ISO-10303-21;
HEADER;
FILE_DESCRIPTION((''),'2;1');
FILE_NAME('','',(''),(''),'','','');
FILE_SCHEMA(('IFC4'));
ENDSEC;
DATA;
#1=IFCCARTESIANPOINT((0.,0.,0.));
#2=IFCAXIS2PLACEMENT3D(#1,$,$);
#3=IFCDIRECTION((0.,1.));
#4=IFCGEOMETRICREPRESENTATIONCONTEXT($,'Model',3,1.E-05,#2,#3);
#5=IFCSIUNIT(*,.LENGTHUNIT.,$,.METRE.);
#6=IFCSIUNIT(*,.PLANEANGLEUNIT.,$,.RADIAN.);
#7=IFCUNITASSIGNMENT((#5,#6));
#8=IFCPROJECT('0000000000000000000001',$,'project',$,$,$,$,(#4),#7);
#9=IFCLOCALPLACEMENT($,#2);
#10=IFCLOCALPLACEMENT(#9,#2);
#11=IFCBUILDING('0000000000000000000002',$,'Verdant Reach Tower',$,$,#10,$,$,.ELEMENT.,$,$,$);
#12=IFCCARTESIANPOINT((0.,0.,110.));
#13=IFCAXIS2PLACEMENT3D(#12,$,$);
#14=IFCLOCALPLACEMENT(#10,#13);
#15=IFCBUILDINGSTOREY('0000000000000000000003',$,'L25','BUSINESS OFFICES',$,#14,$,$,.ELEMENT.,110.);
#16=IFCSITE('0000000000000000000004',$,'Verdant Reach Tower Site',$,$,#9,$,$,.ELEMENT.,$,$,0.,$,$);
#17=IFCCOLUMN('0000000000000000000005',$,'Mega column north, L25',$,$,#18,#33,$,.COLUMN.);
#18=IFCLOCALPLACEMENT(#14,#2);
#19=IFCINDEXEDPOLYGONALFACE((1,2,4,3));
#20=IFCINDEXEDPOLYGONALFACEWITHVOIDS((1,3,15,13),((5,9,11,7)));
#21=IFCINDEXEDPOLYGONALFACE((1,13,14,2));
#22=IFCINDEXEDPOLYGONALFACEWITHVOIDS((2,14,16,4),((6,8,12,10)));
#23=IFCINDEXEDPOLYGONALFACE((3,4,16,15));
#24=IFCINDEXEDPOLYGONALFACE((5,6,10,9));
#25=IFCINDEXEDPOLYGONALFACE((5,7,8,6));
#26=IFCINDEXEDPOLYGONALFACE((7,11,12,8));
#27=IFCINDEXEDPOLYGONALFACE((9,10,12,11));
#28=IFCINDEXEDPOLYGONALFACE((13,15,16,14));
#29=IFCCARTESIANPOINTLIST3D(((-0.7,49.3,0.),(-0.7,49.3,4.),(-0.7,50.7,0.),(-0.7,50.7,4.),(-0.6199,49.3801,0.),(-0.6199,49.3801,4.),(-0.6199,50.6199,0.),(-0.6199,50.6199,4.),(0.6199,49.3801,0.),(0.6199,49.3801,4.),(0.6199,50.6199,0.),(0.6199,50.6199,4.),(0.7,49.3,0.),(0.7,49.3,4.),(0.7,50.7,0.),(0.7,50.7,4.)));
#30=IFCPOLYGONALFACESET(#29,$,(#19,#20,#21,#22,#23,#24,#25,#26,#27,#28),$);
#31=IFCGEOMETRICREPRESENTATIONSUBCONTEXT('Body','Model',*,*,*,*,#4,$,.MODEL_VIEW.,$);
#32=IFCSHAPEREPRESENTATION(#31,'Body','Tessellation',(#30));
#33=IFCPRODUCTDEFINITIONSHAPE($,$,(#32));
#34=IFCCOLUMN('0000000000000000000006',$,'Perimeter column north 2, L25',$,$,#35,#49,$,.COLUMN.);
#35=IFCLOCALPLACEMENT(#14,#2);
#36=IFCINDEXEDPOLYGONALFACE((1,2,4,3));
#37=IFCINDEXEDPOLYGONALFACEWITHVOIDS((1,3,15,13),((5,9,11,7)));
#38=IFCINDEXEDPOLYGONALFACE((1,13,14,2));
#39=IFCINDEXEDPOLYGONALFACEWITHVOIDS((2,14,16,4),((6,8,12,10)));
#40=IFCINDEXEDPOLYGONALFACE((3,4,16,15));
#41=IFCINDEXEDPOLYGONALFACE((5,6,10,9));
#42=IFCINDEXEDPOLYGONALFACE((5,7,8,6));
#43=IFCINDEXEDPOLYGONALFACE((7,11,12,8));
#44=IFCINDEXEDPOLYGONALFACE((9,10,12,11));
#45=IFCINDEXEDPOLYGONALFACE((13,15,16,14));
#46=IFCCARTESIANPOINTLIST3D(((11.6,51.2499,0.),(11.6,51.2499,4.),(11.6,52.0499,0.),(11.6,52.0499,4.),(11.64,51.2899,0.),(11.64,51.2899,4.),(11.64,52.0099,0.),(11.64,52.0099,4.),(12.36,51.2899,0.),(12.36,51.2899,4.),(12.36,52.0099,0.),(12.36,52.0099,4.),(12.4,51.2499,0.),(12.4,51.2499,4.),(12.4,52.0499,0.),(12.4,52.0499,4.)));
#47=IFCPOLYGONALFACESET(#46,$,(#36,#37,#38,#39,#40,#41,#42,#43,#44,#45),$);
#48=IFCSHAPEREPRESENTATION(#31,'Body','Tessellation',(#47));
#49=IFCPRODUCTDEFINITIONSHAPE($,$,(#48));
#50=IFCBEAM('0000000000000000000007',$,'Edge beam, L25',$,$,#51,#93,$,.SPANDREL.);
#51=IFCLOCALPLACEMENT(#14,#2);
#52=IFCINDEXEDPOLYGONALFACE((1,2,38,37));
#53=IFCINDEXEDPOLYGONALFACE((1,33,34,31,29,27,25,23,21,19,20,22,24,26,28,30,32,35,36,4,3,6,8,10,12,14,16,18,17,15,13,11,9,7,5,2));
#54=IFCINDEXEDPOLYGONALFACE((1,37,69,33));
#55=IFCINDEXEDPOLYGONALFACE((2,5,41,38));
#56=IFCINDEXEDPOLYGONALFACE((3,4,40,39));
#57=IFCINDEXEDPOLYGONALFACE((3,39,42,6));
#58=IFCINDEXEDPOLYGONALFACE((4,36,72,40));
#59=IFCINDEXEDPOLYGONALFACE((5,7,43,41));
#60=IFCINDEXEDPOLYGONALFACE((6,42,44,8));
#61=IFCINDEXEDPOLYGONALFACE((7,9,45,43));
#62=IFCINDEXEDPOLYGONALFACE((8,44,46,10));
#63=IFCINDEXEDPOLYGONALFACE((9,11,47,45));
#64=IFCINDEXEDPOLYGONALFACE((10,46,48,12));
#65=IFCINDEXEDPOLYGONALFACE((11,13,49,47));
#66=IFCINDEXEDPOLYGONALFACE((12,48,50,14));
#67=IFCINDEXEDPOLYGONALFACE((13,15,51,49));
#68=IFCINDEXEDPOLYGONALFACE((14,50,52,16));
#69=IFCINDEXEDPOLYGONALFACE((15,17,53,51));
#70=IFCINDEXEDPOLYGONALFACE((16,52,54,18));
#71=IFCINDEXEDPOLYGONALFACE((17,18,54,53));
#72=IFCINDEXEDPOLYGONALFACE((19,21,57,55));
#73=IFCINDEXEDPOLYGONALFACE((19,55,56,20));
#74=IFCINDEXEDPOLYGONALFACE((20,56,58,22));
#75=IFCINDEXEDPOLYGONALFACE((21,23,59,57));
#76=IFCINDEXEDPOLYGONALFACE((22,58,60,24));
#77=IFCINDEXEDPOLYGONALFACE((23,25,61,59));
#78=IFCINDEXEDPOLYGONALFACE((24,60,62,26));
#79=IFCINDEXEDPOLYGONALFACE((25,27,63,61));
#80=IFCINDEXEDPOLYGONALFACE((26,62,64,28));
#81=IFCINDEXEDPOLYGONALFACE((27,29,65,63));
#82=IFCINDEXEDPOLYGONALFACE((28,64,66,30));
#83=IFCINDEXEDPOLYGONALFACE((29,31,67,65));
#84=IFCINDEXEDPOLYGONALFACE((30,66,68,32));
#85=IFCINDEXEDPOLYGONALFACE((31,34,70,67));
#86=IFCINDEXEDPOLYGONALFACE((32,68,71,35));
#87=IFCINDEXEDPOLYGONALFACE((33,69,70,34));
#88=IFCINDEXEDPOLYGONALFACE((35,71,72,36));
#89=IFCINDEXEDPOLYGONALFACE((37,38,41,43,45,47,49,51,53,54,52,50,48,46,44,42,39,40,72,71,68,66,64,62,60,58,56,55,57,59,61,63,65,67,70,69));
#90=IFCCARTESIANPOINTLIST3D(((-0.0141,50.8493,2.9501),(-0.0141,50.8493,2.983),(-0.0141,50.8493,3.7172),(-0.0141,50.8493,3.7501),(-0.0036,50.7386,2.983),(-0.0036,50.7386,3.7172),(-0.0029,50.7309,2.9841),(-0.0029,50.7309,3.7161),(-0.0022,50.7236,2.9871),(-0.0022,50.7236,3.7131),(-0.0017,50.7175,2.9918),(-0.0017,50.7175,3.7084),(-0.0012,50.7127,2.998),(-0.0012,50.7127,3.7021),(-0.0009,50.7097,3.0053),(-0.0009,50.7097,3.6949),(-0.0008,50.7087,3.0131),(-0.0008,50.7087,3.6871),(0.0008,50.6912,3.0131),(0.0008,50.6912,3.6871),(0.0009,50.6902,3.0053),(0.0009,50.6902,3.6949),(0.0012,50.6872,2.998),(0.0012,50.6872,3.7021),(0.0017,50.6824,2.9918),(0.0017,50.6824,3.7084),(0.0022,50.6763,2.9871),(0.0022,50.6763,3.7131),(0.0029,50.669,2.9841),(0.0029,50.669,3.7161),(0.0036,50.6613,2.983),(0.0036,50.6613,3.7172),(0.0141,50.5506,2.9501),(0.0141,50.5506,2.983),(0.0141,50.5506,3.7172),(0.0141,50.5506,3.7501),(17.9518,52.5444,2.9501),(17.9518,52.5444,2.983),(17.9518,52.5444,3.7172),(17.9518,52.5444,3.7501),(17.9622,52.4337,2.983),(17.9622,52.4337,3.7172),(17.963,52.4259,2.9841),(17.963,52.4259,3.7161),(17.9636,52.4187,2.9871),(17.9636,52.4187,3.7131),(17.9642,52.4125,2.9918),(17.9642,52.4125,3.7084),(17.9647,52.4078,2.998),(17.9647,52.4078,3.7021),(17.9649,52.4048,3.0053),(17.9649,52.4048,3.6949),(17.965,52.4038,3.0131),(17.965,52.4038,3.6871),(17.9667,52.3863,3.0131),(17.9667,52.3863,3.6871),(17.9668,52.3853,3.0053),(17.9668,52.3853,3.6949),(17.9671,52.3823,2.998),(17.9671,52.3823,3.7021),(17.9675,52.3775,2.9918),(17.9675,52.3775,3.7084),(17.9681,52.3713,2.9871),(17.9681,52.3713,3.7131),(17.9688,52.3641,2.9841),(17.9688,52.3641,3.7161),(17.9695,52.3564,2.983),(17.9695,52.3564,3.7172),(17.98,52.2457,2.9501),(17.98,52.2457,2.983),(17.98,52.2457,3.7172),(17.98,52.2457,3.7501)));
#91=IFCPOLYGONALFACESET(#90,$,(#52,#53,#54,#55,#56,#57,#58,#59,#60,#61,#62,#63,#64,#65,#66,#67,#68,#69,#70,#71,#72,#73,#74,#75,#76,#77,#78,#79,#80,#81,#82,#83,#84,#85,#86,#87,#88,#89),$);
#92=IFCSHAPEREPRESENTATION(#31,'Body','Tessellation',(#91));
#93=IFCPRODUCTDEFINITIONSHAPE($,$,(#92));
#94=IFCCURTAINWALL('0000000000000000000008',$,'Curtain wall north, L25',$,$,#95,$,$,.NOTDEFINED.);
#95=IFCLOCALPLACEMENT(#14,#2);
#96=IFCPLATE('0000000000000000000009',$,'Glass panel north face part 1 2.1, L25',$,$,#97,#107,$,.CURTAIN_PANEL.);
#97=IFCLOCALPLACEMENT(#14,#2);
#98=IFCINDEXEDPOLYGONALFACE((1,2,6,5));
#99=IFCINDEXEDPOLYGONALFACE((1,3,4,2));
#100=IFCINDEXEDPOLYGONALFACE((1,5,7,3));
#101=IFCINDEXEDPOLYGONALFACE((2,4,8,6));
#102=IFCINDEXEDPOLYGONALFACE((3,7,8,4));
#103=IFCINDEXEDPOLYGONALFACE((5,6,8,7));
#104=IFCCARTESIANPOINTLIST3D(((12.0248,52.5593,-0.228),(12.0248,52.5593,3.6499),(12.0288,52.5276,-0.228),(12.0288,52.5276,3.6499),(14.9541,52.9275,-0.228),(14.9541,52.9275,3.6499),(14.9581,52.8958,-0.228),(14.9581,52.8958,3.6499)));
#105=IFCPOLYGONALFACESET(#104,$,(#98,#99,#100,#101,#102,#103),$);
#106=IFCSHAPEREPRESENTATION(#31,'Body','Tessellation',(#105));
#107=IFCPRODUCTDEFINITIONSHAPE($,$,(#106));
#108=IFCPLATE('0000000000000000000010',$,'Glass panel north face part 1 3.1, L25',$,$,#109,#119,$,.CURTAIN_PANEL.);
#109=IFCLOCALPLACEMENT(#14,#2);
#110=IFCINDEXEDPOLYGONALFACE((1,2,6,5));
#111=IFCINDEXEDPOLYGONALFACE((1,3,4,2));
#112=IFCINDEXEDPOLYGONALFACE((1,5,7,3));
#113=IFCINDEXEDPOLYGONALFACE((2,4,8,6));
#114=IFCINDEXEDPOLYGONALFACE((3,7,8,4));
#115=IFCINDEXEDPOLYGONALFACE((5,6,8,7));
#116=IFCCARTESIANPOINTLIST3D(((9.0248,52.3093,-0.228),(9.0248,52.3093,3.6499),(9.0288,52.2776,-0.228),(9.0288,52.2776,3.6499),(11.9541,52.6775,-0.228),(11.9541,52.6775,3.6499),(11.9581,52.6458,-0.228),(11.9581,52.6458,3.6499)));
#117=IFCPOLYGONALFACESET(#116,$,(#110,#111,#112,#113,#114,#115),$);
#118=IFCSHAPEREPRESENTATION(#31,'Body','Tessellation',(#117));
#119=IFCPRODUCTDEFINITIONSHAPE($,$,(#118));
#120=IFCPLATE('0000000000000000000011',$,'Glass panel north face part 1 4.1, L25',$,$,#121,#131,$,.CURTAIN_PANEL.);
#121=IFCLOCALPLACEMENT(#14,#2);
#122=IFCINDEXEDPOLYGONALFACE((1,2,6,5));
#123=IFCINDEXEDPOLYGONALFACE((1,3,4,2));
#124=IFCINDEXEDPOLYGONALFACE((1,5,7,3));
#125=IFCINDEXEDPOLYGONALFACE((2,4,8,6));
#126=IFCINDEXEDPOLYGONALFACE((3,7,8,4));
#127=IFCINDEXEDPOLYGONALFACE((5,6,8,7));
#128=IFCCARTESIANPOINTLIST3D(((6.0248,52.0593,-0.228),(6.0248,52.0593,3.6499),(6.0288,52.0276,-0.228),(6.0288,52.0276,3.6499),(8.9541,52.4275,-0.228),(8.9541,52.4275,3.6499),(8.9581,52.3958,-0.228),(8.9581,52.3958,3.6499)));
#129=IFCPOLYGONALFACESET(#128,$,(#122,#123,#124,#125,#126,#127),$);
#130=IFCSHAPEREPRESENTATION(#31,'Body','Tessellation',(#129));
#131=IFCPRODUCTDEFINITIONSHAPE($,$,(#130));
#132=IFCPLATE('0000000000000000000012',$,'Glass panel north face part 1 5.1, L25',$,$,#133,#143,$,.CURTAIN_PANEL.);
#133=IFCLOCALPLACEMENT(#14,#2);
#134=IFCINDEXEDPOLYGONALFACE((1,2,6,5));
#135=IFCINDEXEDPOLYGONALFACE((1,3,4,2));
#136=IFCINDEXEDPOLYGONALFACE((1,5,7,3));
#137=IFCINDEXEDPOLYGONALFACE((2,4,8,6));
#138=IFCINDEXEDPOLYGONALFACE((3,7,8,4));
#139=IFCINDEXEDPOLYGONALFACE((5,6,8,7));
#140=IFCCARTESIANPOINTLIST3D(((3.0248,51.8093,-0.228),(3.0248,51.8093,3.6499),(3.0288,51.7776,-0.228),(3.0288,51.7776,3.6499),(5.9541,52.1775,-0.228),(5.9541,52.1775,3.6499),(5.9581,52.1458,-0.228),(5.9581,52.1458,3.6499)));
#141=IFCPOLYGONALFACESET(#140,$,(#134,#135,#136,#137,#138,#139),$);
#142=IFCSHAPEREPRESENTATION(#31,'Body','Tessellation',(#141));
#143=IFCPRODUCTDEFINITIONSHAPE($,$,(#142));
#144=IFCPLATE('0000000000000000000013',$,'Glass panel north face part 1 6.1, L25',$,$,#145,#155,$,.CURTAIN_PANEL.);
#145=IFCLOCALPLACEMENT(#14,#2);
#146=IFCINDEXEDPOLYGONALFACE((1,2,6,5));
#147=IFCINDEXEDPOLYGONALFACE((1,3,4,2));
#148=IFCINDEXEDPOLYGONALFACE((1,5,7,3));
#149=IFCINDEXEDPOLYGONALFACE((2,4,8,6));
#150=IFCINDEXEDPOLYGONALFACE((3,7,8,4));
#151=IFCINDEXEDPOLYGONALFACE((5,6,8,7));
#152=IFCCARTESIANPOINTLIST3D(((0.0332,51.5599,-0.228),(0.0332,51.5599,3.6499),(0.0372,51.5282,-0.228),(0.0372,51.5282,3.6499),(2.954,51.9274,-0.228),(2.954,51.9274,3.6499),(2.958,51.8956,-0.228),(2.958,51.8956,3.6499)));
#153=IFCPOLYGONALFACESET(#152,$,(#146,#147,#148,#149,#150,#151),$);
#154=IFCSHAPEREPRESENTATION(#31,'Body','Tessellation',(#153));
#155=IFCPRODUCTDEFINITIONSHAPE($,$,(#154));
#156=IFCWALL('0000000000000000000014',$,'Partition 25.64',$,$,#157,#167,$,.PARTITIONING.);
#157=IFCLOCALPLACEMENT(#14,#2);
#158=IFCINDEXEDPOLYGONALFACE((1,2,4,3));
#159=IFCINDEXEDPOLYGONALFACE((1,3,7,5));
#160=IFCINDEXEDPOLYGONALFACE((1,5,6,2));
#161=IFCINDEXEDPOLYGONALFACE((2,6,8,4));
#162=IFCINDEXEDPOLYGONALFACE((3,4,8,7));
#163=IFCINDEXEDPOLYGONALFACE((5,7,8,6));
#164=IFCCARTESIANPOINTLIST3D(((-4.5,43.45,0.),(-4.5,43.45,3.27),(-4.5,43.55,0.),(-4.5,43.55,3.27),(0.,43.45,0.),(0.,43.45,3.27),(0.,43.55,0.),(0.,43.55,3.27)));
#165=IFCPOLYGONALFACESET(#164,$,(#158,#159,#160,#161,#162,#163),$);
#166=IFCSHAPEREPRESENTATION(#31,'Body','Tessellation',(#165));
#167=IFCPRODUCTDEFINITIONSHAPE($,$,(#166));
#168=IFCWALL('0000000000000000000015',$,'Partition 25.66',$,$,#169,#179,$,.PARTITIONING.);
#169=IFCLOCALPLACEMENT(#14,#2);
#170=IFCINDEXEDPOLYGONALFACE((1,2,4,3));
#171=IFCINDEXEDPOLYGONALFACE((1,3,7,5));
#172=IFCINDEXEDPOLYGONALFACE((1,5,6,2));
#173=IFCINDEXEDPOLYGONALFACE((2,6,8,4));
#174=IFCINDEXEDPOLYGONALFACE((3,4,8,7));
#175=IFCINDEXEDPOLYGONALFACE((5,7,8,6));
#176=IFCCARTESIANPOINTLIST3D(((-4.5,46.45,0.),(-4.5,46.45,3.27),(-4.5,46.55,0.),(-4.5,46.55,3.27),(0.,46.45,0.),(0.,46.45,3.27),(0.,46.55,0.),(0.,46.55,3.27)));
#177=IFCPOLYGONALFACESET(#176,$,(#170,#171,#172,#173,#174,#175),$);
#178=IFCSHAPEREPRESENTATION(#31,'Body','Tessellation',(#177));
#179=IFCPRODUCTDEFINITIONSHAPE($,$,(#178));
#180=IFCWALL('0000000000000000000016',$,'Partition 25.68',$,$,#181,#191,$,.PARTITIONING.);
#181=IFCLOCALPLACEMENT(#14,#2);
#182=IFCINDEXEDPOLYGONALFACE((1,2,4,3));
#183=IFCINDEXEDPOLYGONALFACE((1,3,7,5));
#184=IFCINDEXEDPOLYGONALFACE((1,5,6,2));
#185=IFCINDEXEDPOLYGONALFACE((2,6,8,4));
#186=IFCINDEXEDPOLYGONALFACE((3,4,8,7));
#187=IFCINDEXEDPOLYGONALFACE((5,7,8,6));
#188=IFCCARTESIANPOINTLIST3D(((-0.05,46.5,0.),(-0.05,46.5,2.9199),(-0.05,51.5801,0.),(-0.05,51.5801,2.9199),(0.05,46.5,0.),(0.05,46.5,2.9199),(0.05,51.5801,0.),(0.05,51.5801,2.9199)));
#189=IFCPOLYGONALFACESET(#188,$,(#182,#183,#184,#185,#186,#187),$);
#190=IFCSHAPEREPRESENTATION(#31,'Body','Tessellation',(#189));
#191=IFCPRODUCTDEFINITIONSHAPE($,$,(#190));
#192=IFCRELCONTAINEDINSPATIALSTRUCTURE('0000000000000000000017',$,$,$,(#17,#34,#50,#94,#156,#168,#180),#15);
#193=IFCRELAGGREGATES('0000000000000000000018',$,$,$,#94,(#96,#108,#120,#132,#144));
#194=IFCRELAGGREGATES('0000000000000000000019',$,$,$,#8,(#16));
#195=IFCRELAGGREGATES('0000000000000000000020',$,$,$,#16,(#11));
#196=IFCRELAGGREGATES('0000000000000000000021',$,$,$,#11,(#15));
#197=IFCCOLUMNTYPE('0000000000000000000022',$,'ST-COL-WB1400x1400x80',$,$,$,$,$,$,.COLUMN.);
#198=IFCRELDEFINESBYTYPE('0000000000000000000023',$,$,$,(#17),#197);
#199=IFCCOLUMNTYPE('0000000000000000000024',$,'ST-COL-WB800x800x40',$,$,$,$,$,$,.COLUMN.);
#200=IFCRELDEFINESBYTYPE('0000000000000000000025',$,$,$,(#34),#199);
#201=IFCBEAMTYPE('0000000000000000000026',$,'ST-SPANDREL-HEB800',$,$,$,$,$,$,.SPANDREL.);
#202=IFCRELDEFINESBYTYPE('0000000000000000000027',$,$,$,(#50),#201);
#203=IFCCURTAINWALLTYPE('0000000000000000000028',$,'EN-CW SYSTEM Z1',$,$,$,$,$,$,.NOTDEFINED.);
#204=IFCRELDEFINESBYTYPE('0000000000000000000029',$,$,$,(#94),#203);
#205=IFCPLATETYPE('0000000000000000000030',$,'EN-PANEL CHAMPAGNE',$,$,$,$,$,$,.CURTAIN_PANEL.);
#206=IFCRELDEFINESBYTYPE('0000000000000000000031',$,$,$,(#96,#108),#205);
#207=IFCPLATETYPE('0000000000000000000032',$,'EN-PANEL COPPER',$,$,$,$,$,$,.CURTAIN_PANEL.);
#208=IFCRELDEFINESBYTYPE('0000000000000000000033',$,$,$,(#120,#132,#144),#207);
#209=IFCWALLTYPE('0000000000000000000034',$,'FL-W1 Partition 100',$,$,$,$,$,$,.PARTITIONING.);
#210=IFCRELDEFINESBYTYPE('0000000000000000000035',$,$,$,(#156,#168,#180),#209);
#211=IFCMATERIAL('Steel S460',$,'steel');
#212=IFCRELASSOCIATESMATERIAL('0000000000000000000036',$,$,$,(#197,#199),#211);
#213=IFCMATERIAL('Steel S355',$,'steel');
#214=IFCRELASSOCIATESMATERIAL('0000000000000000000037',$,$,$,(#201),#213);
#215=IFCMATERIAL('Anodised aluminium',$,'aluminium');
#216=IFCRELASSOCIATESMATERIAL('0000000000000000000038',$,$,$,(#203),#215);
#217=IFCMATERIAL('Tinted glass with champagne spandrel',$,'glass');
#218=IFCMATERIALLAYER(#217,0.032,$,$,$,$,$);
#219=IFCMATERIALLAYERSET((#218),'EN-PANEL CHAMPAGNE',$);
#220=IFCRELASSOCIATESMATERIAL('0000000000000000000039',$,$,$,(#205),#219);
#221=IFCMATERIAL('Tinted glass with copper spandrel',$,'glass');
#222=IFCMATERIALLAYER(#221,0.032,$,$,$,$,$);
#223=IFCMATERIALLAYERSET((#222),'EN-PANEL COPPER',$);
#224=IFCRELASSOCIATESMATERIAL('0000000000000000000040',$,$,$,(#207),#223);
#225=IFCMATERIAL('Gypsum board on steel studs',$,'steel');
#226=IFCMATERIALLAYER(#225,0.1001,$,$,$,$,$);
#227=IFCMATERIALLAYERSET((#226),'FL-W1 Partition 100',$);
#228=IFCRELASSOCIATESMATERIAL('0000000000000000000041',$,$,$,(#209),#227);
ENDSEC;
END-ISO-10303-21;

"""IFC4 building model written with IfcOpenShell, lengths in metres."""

from ifc_helpers import new_model, si_unit, direction, frame, frame_2d, origin, origin_2d, place, context, subcontext, project, spatial, rectangle, hollow_rectangle, i_section, extrude, material, layer, layer_set, material_profile, profile_set, type_object, element, aggregate, save


model = new_model("IFC4")

# Units and contexts
model_context = context("Model", 3, precision=1e-05, world=origin(), true_north=direction((0.0, 1.0)))
body_context = subcontext(model_context, "Body", "Model", "MODEL_VIEW")
ifc_project = project(units=[si_unit("LENGTHUNIT", "METRE"), si_unit("PLANEANGLEUNIT", "RADIAN")], contexts=[model_context])

# Site, building, storey
site_placement = place(None, origin())
site = spatial("IfcSite", under=ifc_project, at=site_placement, Name="Verdant Reach Tower Site", CompositionType="ELEMENT", RefElevation=0.0)
building_placement = place(site_placement, origin())
building = spatial("IfcBuilding", under=site, at=building_placement, Name="Verdant Reach Tower", CompositionType="ELEMENT")
storey_placement = place(building_placement, frame((0.0, 0.0, 110.0)))
storey = spatial("IfcBuildingStorey", under=building, at=storey_placement, Name="L25", Description="BUSINESS OFFICES", CompositionType="ELEMENT", Elevation=110.0)

# Columns
ifc_material_1 = material(Name="Steel S460", Category="steel")
ifc_material_profile_1 = material_profile(ifc_material_1, hollow_rectangle(XDim=1.3999, YDim=1.3999, WallThickness=0.0801, at=origin_2d()), Name="WB 1400x1400x80")
ifc_profile_set_1 = profile_set([ifc_material_profile_1], Name="Steel S460")
column_type_1 = type_object("IfcColumnType", Name="ST-COL-WB1400x1400x80", PredefinedType="COLUMN", material=ifc_profile_set_1)
column_1_placement = place(storey_placement, frame((0.0, 50.0, 0.0), z_axis=(0.0, 0.0, 1.0), x_axis=(1.0, 0.0, 0.0)))
element("IfcColumn", 1, at=column_1_placement, inside=storey, type_object=column_type_1, Name="Mega column north, L25", PredefinedType="COLUMN", context=body_context, shape_type="SweptSolid", body=[
    extrude(hollow_rectangle(XDim=1.3999, YDim=1.3999, WallThickness=0.0801, at=origin_2d()), origin(), (0.0, 0.0, 1.0), 4.0),
])
ifc_material_profile_2 = material_profile(ifc_material_1, hollow_rectangle(XDim=0.8, YDim=0.8, WallThickness=0.04, at=origin_2d()), Name="WB 800x800x40")
ifc_profile_set_2 = profile_set([ifc_material_profile_2], Name="Steel S460")
column_type_2 = type_object("IfcColumnType", Name="ST-COL-WB800x800x40", PredefinedType="COLUMN", material=ifc_profile_set_2)
column_2_placement = place(storey_placement, frame((12.0, 51.6499, 0.0), z_axis=(0.0, 0.0, 1.0), x_axis=(1.0, 0.0, 0.0)))
element("IfcColumn", 2, at=column_2_placement, inside=storey, type_object=column_type_2, Name="Perimeter column north 2, L25", PredefinedType="COLUMN", context=body_context, shape_type="SweptSolid", body=[
    extrude(hollow_rectangle(XDim=0.8, YDim=0.8, WallThickness=0.04, at=origin_2d()), origin(), (0.0, 0.0, 1.0), 4.0),
])

# Beam
ifc_material_2 = material(Name="Steel S355", Category="steel")
ifc_material_profile_3 = material_profile(ifc_material_2, i_section(OverallWidth=0.3, OverallDepth=0.8, WebThickness=0.0176, FlangeThickness=0.033, FilletRadius=0.03, at=origin_2d()), Name="HEB 800")
ifc_profile_set_3 = profile_set([ifc_material_profile_3], Name="Steel S355")
beam_type = type_object("IfcBeamType", Name="ST-SPANDREL-HEB800", PredefinedType="SPANDREL", material=ifc_profile_set_3)
beam_placement = place(storey_placement, frame((0.0, 50.7, 3.3501), z_axis=(0.995579, 0.093932, 0.0), x_axis=(-0.093932, 0.995579, 0.0)))
element("IfcBeam", 3, at=beam_placement, inside=storey, type_object=beam_type, Name="Edge beam, L25", PredefinedType="SPANDREL", context=body_context, shape_type="SweptSolid", body=[
    extrude(i_section(OverallWidth=0.3, OverallDepth=0.8, WebThickness=0.0176, FlangeThickness=0.033, FilletRadius=0.03, at=origin_2d()), origin(), (0.0, 0.0, 1.0), 18.0457),
])

# Curtain wall, plates
ifc_material_3 = material(Name="Anodised aluminium", Category="aluminium")
curtain_wall_type = type_object("IfcCurtainWallType", Name="EN-CW SYSTEM Z1", PredefinedType="NOTDEFINED", material=ifc_material_3)
curtain_wall_placement = place(storey_placement, origin())
curtain_wall = element("IfcCurtainWall", 4, at=curtain_wall_placement, inside=storey, type_object=curtain_wall_type, Name="Curtain wall north, L25", PredefinedType="NOTDEFINED")
ifc_material_4 = material(Name="Tinted glass with champagne spandrel", Category="glass")
ifc_layer_1 = layer(ifc_material_4, 0.032)
ifc_layer_set_1 = layer_set([ifc_layer_1], Name="EN-PANEL CHAMPAGNE")
plate_type_1 = type_object("IfcPlateType", Name="EN-PANEL CHAMPAGNE", PredefinedType="CURTAIN_PANEL", material=ifc_layer_set_1)
plate_1_placement = place(storey_placement, frame((13.4915, 52.7275, -0.228), z_axis=(0.0, 0.0, 1.0), x_axis=(-0.992194, -0.124704, 0.0)))
plate_1 = element("IfcPlate", 5, at=plate_1_placement, type_object=plate_type_1, Name="Glass panel north face part 1 2.1, L25", PredefinedType="CURTAIN_PANEL", context=body_context, shape_type="SweptSolid", body=[
    extrude(rectangle(XDim=2.9524, YDim=0.032, at=origin_2d()), origin(), (0.0, 0.0, 1.0), 3.8779),
])
plate_2_placement = place(storey_placement, frame((10.4915, 52.4775, -0.228), z_axis=(0.0, 0.0, 1.0), x_axis=(-0.992194, -0.124704, 0.0)))
plate_2 = element("IfcPlate", 6, at=plate_2_placement, type_object=plate_type_1, Name="Glass panel north face part 1 3.1, L25", PredefinedType="CURTAIN_PANEL", context=body_context, shape_type="SweptSolid", body=[
    extrude(rectangle(XDim=2.9524, YDim=0.032, at=origin_2d()), origin(), (0.0, 0.0, 1.0), 3.8779),
])
ifc_material_5 = material(Name="Tinted glass with copper spandrel", Category="glass")
ifc_layer_2 = layer(ifc_material_5, 0.032)
ifc_layer_set_2 = layer_set([ifc_layer_2], Name="EN-PANEL COPPER")
plate_type_2 = type_object("IfcPlateType", Name="EN-PANEL COPPER", PredefinedType="CURTAIN_PANEL", material=ifc_layer_set_2)
plate_3_placement = place(storey_placement, frame((7.4915, 52.2275, -0.228), z_axis=(0.0, 0.0, 1.0), x_axis=(-0.992194, -0.124704, 0.0)))
plate_3 = element("IfcPlate", 7, at=plate_3_placement, type_object=plate_type_2, Name="Glass panel north face part 1 4.1, L25", PredefinedType="CURTAIN_PANEL", context=body_context, shape_type="SweptSolid", body=[
    extrude(rectangle(XDim=2.9524, YDim=0.032, at=origin_2d()), origin(), (0.0, 0.0, 1.0), 3.8779),
])
plate_4_placement = place(storey_placement, frame((4.4915, 51.9775, -0.228), z_axis=(0.0, 0.0, 1.0), x_axis=(-0.992194, -0.124704, 0.0)))
plate_4 = element("IfcPlate", 8, at=plate_4_placement, type_object=plate_type_2, Name="Glass panel north face part 1 5.1, L25", PredefinedType="CURTAIN_PANEL", context=body_context, shape_type="SweptSolid", body=[
    extrude(rectangle(XDim=2.9524, YDim=0.032, at=origin_2d()), origin(), (0.0, 0.0, 1.0), 3.8779),
])
plate_5_placement = place(storey_placement, frame((1.4956, 51.7278, -0.228), z_axis=(0.0, 0.0, 1.0), x_axis=(-0.992179, -0.124821, 0.0)))
plate_5 = element("IfcPlate", 9, at=plate_5_placement, type_object=plate_type_2, Name="Glass panel north face part 1 6.1, L25", PredefinedType="CURTAIN_PANEL", context=body_context, shape_type="SweptSolid", body=[
    extrude(rectangle(XDim=2.9438, YDim=0.032, at=origin_2d()), origin(), (0.0, 0.0, 1.0), 3.8779),
])
aggregate(curtain_wall, [plate_1, plate_2, plate_3, plate_4, plate_5])

# Walls
ifc_material_6 = material(Name="Gypsum board on steel studs", Category="steel")
ifc_layer_3 = layer(ifc_material_6, 0.1001)
ifc_layer_set_3 = layer_set([ifc_layer_3], Name="FL-W1 Partition 100")
wall_type_1 = type_object("IfcWallType", Name="FL-W1 Partition 100", PredefinedType="PARTITIONING", material=ifc_layer_set_3)
for number, where, z_axis, x_axis, name in (
    (10, (0.0, 43.5, 0.0), (0.0, 0.0, 1.0), (-1.0, 0.0, 0.0), "Partition 25.64"),
    (11, (0.0, 46.5, 0.0), (0.0, 0.0, 1.0), (-1.0, 0.0, 0.0), "Partition 25.66"),
):
    element("IfcWall", number, at=place(storey_placement, frame(where, z_axis=z_axis, x_axis=x_axis)), inside=storey, type_object=wall_type_1, Name=name, PredefinedType="PARTITIONING", context=body_context, shape_type="SweptSolid", body=[
        extrude(rectangle(XDim=4.5, YDim=0.1001, at=frame_2d((2.25, 0.0))), origin(), (0.0, 0.0, 1.0), 3.27),
    ])
wall_1_placement = place(storey_placement, frame((0.0, 46.5, 0.0), z_axis=(0.0, 0.0, 1.0), x_axis=(0.0, 1.0, 0.0)))
element("IfcWall", 12, at=wall_1_placement, inside=storey, type_object=wall_type_1, Name="Partition 25.68", PredefinedType="PARTITIONING", context=body_context, shape_type="SweptSolid", body=[
    extrude(rectangle(XDim=5.0801, YDim=0.1001, at=frame_2d((2.54, 0.0))), origin(), (0.0, 0.0, 1.0), 2.9199),
])

save(model, "model.ifc")
